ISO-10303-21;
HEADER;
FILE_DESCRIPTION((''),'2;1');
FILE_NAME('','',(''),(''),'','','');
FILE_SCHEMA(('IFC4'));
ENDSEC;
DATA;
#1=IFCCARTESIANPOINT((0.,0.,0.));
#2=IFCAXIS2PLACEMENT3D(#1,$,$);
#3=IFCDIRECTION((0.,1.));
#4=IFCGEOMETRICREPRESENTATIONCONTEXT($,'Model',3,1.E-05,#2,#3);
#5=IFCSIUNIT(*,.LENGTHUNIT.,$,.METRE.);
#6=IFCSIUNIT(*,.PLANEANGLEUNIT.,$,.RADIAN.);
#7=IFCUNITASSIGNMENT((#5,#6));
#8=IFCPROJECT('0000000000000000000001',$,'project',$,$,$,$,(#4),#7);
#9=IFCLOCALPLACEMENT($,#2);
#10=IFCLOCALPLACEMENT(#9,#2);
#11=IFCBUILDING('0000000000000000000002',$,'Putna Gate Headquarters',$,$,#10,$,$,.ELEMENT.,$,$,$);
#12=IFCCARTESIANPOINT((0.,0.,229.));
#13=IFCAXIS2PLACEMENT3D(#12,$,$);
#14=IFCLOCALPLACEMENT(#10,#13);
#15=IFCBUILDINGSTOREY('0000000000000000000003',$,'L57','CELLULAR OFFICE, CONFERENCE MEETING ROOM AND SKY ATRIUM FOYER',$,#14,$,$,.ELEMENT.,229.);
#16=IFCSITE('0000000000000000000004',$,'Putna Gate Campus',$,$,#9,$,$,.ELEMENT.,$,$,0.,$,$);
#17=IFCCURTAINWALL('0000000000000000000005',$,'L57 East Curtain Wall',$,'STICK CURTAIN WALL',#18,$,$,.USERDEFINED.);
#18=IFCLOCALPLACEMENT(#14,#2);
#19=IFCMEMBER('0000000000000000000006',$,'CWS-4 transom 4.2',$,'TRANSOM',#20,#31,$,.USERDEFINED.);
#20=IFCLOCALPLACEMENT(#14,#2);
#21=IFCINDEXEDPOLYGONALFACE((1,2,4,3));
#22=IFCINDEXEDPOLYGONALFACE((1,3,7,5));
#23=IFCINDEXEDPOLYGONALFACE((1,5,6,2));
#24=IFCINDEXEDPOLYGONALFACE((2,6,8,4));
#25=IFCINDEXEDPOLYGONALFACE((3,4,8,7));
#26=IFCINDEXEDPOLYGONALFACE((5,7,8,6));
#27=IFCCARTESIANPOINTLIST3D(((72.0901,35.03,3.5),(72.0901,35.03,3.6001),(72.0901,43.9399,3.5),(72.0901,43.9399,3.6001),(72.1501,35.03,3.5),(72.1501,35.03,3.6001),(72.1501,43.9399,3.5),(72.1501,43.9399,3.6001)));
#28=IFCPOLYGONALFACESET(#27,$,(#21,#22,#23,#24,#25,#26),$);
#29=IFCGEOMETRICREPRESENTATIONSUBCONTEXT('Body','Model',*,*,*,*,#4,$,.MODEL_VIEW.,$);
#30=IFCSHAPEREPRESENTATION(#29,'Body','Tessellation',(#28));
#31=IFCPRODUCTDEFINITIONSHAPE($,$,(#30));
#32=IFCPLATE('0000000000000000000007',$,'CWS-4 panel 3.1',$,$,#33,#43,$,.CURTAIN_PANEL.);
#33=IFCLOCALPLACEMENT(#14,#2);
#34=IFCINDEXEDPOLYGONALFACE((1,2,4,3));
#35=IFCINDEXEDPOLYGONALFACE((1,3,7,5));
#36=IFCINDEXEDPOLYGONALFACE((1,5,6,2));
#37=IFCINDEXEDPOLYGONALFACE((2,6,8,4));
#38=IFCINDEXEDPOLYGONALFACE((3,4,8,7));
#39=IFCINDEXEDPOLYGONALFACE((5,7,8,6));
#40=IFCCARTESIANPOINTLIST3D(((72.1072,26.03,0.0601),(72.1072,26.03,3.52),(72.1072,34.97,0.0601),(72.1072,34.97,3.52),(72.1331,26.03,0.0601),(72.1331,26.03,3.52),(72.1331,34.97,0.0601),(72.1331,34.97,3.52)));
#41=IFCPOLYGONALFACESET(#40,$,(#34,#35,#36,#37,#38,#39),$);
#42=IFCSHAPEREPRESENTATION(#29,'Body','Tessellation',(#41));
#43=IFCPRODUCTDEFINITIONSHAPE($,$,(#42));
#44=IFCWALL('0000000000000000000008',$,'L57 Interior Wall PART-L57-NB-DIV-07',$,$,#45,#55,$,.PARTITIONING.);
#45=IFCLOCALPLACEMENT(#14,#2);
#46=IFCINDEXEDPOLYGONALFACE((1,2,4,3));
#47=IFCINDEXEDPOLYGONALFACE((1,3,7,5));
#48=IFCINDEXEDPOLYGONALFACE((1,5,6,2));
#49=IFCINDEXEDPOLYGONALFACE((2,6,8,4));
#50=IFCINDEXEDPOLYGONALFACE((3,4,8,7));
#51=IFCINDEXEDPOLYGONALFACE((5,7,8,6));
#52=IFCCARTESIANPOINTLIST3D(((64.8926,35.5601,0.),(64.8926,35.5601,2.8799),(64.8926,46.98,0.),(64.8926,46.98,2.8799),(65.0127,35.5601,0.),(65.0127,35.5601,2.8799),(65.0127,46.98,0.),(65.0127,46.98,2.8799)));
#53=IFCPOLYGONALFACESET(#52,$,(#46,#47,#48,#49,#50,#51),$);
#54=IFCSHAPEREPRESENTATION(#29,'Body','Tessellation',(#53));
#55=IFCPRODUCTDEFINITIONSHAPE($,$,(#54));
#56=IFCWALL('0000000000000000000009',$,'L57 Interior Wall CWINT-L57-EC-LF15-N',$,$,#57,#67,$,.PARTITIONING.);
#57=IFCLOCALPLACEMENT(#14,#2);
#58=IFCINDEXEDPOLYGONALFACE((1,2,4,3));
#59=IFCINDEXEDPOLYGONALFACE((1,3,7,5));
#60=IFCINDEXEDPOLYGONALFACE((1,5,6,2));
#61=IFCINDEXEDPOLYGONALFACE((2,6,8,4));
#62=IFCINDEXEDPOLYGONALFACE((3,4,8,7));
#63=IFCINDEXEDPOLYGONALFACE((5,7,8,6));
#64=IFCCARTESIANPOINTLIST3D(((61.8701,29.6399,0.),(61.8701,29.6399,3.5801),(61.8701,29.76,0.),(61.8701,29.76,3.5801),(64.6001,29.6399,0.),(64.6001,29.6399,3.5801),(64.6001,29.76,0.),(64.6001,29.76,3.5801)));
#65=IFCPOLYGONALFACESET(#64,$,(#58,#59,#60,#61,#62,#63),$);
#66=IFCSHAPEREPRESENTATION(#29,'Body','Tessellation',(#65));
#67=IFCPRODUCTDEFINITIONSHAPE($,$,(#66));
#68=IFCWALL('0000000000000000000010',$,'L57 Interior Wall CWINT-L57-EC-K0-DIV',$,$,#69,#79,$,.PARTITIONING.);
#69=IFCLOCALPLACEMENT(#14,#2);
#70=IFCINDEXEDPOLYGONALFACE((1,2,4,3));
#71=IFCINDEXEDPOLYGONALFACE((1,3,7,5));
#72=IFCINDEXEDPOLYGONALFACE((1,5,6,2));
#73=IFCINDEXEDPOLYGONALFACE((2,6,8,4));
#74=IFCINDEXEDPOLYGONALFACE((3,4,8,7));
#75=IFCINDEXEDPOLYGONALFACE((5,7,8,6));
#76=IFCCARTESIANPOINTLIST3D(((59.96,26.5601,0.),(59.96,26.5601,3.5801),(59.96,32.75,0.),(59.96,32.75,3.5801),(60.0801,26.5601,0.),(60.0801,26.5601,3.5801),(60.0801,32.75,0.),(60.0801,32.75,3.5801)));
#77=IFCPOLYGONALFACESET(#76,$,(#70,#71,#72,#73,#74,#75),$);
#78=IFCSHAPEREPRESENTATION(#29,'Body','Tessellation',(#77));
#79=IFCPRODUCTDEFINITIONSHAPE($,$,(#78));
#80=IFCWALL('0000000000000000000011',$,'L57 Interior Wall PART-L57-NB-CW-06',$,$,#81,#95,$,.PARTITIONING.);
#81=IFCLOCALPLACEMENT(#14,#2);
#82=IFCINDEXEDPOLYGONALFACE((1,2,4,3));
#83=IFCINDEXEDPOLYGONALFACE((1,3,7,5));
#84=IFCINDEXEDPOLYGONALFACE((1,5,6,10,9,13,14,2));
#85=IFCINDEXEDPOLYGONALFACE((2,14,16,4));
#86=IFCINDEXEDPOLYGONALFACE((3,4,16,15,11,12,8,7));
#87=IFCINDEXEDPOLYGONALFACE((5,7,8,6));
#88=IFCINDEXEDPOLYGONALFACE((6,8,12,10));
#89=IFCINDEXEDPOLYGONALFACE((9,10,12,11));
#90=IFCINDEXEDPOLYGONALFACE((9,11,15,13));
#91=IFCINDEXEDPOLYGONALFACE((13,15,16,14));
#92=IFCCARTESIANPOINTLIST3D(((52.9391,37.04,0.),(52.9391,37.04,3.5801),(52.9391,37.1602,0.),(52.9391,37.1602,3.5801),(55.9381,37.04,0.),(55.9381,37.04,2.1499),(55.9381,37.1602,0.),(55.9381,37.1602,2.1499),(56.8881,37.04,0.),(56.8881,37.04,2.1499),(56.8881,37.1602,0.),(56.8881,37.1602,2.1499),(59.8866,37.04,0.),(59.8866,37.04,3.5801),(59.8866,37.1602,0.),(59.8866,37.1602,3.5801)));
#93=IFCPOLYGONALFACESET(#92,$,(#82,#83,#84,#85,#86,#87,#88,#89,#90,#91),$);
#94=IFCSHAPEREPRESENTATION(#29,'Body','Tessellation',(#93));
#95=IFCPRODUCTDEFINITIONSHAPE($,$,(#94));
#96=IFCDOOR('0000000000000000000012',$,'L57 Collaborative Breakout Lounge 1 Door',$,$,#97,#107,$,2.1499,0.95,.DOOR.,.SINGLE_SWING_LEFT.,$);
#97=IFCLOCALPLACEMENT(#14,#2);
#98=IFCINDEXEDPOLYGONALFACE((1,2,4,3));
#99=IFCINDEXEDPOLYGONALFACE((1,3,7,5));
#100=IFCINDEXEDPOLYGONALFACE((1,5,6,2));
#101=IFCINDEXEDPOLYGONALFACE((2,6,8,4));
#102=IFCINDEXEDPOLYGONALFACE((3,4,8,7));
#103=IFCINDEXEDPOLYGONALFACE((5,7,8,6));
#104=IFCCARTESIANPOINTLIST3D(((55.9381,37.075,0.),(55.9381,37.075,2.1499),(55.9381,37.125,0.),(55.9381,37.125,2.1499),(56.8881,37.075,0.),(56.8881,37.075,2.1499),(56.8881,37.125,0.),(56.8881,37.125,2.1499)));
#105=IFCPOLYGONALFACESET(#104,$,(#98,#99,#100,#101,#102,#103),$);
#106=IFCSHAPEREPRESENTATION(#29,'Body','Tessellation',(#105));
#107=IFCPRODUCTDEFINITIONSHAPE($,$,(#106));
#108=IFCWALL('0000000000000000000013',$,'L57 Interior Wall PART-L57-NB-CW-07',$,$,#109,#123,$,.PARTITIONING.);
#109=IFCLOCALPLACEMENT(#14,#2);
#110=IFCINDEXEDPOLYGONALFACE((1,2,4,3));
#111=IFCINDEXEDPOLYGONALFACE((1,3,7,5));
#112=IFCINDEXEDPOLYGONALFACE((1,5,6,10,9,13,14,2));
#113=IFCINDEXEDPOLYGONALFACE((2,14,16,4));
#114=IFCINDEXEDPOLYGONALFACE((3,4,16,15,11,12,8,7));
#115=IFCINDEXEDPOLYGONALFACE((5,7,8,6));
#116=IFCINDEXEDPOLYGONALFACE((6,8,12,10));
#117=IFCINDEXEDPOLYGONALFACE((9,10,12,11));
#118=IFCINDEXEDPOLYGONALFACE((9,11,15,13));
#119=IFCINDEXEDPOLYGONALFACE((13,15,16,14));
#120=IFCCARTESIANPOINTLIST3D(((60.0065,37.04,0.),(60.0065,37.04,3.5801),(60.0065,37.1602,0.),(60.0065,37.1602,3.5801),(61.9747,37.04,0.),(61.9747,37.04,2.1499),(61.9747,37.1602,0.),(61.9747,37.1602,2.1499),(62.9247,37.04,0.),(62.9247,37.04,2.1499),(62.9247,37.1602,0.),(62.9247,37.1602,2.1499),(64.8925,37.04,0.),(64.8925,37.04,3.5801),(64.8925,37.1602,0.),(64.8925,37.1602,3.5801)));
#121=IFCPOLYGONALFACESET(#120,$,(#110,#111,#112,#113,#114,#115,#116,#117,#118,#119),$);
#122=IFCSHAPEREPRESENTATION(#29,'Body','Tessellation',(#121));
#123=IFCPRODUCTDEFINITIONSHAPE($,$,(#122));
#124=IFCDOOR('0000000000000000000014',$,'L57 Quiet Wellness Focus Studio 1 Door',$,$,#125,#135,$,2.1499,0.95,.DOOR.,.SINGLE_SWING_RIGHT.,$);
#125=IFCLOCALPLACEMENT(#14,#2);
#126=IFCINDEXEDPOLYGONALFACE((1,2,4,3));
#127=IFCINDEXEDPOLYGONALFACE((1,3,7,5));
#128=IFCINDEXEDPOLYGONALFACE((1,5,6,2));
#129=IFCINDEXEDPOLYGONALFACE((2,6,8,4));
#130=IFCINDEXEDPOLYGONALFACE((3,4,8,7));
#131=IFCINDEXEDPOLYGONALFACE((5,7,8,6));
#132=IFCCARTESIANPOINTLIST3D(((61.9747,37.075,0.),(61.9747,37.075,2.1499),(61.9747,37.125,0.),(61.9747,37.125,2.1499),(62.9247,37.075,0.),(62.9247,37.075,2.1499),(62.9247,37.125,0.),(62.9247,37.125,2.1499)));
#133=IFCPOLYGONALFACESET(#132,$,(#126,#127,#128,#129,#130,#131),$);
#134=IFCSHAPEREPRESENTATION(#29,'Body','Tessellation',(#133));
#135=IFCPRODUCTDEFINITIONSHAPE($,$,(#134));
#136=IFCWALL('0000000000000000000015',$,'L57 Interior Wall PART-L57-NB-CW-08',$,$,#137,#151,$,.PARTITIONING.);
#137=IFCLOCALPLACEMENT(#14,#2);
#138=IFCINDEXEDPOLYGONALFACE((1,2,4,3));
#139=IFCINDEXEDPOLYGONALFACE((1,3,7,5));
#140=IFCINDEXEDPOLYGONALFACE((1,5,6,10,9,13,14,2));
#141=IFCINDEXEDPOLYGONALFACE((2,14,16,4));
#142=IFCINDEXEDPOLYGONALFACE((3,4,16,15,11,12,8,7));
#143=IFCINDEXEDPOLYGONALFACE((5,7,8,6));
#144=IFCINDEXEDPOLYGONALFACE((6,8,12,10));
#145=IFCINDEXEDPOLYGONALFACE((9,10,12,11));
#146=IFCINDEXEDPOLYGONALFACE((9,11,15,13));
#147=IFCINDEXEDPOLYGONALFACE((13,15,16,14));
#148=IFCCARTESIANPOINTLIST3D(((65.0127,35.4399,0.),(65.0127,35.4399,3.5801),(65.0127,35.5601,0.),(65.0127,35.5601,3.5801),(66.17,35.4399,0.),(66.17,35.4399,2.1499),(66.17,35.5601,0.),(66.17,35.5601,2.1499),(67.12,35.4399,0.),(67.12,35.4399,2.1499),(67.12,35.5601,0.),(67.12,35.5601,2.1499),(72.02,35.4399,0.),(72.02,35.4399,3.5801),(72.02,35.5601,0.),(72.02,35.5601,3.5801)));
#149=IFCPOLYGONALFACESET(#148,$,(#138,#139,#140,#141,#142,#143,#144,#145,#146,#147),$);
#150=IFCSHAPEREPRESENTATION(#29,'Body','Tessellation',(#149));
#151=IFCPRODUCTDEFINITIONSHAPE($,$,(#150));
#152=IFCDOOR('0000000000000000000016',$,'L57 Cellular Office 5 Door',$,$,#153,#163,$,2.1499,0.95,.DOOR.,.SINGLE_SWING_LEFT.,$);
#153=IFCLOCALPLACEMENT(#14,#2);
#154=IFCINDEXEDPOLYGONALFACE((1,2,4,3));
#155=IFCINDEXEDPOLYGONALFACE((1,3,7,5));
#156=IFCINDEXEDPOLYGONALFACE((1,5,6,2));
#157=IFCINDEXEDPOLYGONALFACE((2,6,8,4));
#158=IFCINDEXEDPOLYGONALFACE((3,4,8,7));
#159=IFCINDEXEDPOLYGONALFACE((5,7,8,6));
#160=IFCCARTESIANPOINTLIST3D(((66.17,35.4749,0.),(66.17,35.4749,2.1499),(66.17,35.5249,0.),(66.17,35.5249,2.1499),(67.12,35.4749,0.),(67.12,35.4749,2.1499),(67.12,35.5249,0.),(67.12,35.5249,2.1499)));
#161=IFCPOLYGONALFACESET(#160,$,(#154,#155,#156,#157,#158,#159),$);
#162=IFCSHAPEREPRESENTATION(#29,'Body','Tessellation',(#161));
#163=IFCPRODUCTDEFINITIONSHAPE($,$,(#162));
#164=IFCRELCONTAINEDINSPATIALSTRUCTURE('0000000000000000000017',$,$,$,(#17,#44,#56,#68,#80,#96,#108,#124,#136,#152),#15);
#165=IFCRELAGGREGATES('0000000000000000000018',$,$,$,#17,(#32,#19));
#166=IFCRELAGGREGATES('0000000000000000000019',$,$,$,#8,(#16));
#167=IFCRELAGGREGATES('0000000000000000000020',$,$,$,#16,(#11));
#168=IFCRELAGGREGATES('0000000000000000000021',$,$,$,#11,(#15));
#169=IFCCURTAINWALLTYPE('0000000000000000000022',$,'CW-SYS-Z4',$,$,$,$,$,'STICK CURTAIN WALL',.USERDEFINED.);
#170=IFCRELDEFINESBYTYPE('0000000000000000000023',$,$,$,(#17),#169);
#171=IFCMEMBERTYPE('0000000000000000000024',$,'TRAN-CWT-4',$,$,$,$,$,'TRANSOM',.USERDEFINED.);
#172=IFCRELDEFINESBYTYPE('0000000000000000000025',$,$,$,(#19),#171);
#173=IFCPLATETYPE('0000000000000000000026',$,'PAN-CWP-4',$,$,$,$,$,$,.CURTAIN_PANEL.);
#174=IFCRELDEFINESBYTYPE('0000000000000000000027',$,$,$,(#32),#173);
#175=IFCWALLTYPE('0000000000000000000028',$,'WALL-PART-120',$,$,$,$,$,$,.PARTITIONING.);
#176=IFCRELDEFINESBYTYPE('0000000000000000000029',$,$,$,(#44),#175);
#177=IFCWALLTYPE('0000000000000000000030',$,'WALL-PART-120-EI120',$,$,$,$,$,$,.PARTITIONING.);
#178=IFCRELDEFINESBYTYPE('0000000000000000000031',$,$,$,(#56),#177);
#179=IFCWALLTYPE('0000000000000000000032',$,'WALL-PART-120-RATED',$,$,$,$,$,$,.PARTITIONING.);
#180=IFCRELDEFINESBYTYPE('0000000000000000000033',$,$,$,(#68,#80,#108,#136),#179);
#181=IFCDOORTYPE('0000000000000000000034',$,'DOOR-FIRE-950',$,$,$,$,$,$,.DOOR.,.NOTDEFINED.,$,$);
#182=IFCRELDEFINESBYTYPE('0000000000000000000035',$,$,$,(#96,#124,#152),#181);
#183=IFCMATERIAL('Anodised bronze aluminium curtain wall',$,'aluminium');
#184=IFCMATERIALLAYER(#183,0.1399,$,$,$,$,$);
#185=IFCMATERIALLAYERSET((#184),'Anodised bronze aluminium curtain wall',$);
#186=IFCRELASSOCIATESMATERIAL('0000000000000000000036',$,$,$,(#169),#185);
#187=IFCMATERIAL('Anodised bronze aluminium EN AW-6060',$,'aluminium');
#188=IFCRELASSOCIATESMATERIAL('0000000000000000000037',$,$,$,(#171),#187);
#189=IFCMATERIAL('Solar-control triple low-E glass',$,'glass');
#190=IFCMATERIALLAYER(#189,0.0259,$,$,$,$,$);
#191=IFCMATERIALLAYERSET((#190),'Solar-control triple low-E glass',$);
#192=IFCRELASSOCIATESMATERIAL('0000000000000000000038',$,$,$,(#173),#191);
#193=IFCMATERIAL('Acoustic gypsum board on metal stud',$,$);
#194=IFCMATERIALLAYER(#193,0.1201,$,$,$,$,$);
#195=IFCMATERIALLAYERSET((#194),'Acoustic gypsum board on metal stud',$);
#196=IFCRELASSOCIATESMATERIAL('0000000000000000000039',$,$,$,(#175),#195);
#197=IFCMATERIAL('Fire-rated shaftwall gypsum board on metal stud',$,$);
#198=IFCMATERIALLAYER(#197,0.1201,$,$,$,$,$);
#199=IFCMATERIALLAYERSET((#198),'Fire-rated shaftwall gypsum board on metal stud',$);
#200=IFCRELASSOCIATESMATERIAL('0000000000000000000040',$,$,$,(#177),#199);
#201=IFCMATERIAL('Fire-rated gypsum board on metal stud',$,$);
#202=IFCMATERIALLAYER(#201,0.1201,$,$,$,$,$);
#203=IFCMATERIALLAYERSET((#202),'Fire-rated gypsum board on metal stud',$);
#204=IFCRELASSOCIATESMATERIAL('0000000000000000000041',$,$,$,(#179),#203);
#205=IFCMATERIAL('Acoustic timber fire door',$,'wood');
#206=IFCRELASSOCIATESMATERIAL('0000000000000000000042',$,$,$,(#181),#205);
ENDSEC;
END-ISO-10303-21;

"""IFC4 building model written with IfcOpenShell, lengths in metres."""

from ifc_helpers import new_model, si_unit, direction, frame, frame_2d, origin, origin_2d, place, context, subcontext, project, spatial, rectangle, extrude, material, layer, layer_set, material_profile, profile_set, type_object, element, fill, aggregate, save


model = new_model("IFC4")

# Units and contexts
model_context = context("Model", 3, precision=1e-05, world=origin(), true_north=direction((0.0, 1.0)))
body_context = subcontext(model_context, "Body", "Model", "MODEL_VIEW")
ifc_project = project(units=[si_unit("LENGTHUNIT", "METRE"), si_unit("PLANEANGLEUNIT", "RADIAN")], contexts=[model_context])

# Site, building, storey
site_placement = place(None, origin())
site = spatial("IfcSite", under=ifc_project, at=site_placement, Name="Putna Gate Campus", CompositionType="ELEMENT", RefElevation=0.0)
building_placement = place(site_placement, origin())
building = spatial("IfcBuilding", under=site, at=building_placement, Name="Putna Gate Headquarters", CompositionType="ELEMENT")
storey_placement = place(building_placement, frame((0.0, 0.0, 229.0)))
storey = spatial("IfcBuildingStorey", under=building, at=storey_placement, Name="L57", Description="CELLULAR OFFICE, CONFERENCE MEETING ROOM AND SKY ATRIUM FOYER", CompositionType="ELEMENT", Elevation=229.0)

# Curtain wall, member, plate
ifc_material_1 = material(Name="Anodised bronze aluminium curtain wall", Category="aluminium")
ifc_layer_1 = layer(ifc_material_1, 0.1399)
ifc_layer_set_1 = layer_set([ifc_layer_1], Name="Anodised bronze aluminium curtain wall")
curtain_wall_type = type_object("IfcCurtainWallType", Name="CW-SYS-Z4", ElementType="STICK CURTAIN WALL", PredefinedType="USERDEFINED", material=ifc_layer_set_1)
curtain_wall_placement = place(storey_placement, origin())
curtain_wall = element("IfcCurtainWall", 1, at=curtain_wall_placement, inside=storey, type_object=curtain_wall_type, Name="L57 East Curtain Wall", ObjectType="STICK CURTAIN WALL", PredefinedType="USERDEFINED")
ifc_material_2 = material(Name="Anodised bronze aluminium EN AW-6060", Category="aluminium")
ifc_material_profile_1 = material_profile(ifc_material_2, rectangle(XDim=0.0601, YDim=0.1001, at=origin_2d()), Name="Anodised bronze aluminium EN AW-6060")
ifc_profile_set_1 = profile_set([ifc_material_profile_1], Name="Anodised bronze aluminium EN AW-6060")
member_type_1 = type_object("IfcMemberType", Name="TRAN-CWT-4", ElementType="TRANSOM", PredefinedType="USERDEFINED", material=ifc_profile_set_1)
member_1_placement = place(storey_placement, frame((72.1201, 35.03, 3.55), z_axis=(0.0, 1.0, 0.0), x_axis=(-1.0, 0.0, 0.0)))
member_1 = element("IfcMember", 2, at=member_1_placement, type_object=member_type_1, Name="CWS-4 transom 4.2", ObjectType="TRANSOM", PredefinedType="USERDEFINED", context=body_context, shape_type="SweptSolid", body=[
    extrude(rectangle(XDim=0.0601, YDim=0.1001, at=origin_2d()), origin(), (0.0, 0.0, 1.0), 8.9099),
])
ifc_material_3 = material(Name="Solar-control triple low-E glass", Category="glass")
ifc_layer_2 = layer(ifc_material_3, 0.0259)
ifc_layer_set_2 = layer_set([ifc_layer_2], Name="Solar-control triple low-E glass")
plate_type = type_object("IfcPlateType", Name="PAN-CWP-4", PredefinedType="CURTAIN_PANEL", material=ifc_layer_set_2)
plate_placement = place(storey_placement, frame((72.1201, 30.5, 0.0601), z_axis=(0.0, 0.0, 1.0), x_axis=(0.0, 1.0, 0.0)))
plate = element("IfcPlate", 3, at=plate_placement, type_object=plate_type, Name="CWS-4 panel 3.1", PredefinedType="CURTAIN_PANEL", context=body_context, shape_type="SweptSolid", body=[
    extrude(rectangle(XDim=8.9399, YDim=0.0259, at=origin_2d()), origin(), (0.0, 0.0, 1.0), 3.46),
])
aggregate(curtain_wall, [plate, member_1])

# Walls
ifc_material_4 = material(Name="Acoustic gypsum board on metal stud")
ifc_layer_3 = layer(ifc_material_4, 0.1201)
ifc_layer_set_3 = layer_set([ifc_layer_3], Name="Acoustic gypsum board on metal stud")
wall_type_1 = type_object("IfcWallType", Name="WALL-PART-120", PredefinedType="PARTITIONING", material=ifc_layer_set_3)
wall_1_placement = place(storey_placement, frame((64.9526, 35.5601, 0.0), z_axis=(0.0, 0.0, 1.0), x_axis=(0.0, 1.0, 0.0)))
element("IfcWall", 4, at=wall_1_placement, inside=storey, type_object=wall_type_1, Name="L57 Interior Wall PART-L57-NB-DIV-07", PredefinedType="PARTITIONING", context=body_context, shape_type="SweptSolid", body=[
    extrude(rectangle(XDim=11.4199, YDim=0.1201, at=frame_2d((5.71, 0.0))), origin(), (0.0, 0.0, 1.0), 2.8799),
])
ifc_material_5 = material(Name="Fire-rated shaftwall gypsum board on metal stud")
ifc_layer_4 = layer(ifc_material_5, 0.1201)
ifc_layer_set_4 = layer_set([ifc_layer_4], Name="Fire-rated shaftwall gypsum board on metal stud")
wall_type_2 = type_object("IfcWallType", Name="WALL-PART-120-EI120", PredefinedType="PARTITIONING", material=ifc_layer_set_4)
wall_2_placement = place(storey_placement, frame((61.8701, 29.7, 0.0), z_axis=(0.0, 0.0, 1.0), x_axis=(1.0, 0.0, 0.0)))
element("IfcWall", 5, at=wall_2_placement, inside=storey, type_object=wall_type_2, Name="L57 Interior Wall CWINT-L57-EC-LF15-N", PredefinedType="PARTITIONING", context=body_context, shape_type="SweptSolid", body=[
    extrude(rectangle(XDim=2.73, YDim=0.1201, at=frame_2d((1.365, 0.0))), origin(), (0.0, 0.0, 1.0), 3.5801),
])
ifc_material_6 = material(Name="Fire-rated gypsum board on metal stud")
ifc_layer_5 = layer(ifc_material_6, 0.1201)
ifc_layer_set_5 = layer_set([ifc_layer_5], Name="Fire-rated gypsum board on metal stud")
wall_type_3 = type_object("IfcWallType", Name="WALL-PART-120-RATED", PredefinedType="PARTITIONING", material=ifc_layer_set_5)
wall_3_placement = place(storey_placement, frame((60.02, 26.5601, 0.0), z_axis=(0.0, 0.0, 1.0), x_axis=(0.0, 1.0, 0.0)))
element("IfcWall", 6, at=wall_3_placement, inside=storey, type_object=wall_type_3, Name="L57 Interior Wall CWINT-L57-EC-K0-DIV", PredefinedType="PARTITIONING", context=body_context, shape_type="SweptSolid", body=[
    extrude(rectangle(XDim=6.1899, YDim=0.1201, at=frame_2d((3.095, 0.0))), origin(), (0.0, 0.0, 1.0), 3.5801),
])

# Walls, openings, doors
wall_4_placement = place(storey_placement, frame((52.9392, 37.1001, 0.0), z_axis=(0.0, 0.0, 1.0), x_axis=(1.0, 0.0, 0.0)))
wall_4 = element("IfcWall", 7, at=wall_4_placement, inside=storey, type_object=wall_type_3, Name="L57 Interior Wall PART-L57-NB-CW-06", PredefinedType="PARTITIONING", context=body_context, shape_type="SweptSolid", body=[
    extrude(rectangle(XDim=6.9475, YDim=0.1201, at=frame_2d((3.4736, 0.0))), origin(), (0.0, 0.0, 1.0), 3.5801),
])
opening_1_placement = place(wall_4_placement, frame((2.9988, 0.0, 0.0)))
opening_1 = element("IfcOpeningElement", 8, at=opening_1_placement, cuts=wall_4, PredefinedType="OPENING", context=body_context, shape_type="SweptSolid", body=[
    extrude(rectangle(XDim=0.95, YDim=2.1499, at=frame_2d((0.4751, 1.075))), frame((0.0, 0.0701, 0.0), z_axis=(0.0, -1.0, 0.0), x_axis=(1.0, 0.0, 0.0)), (0.0, 0.0, 1.0), 0.1401),
])
ifc_material_7 = material(Name="Acoustic timber fire door", Category="wood")
door_type_1 = type_object("IfcDoorType", Name="DOOR-FIRE-950", OperationType="NOTDEFINED", PredefinedType="DOOR", material=ifc_material_7)
door_1_placement = place(opening_1_placement, origin())
door_1 = element("IfcDoor", 9, at=door_1_placement, inside=storey, type_object=door_type_1, Name="L57 Collaborative Breakout Lounge 1 Door", OperationType="SINGLE_SWING_LEFT", OverallHeight=2.1499, OverallWidth=0.95, PredefinedType="DOOR", context=body_context, shape_type="SweptSolid", body=[
    extrude(rectangle(XDim=0.95, YDim=2.1499, at=frame_2d((0.4751, 1.075))), frame((0.0, 0.0249, 0.0), z_axis=(0.0, -1.0, 0.0), x_axis=(1.0, 0.0, 0.0)), (0.0, 0.0, 1.0), 0.05),
])
fill(opening_1, door_1)
wall_5_placement = place(storey_placement, frame((60.0066, 37.1001, 0.0), z_axis=(0.0, 0.0, 1.0), x_axis=(1.0, 0.0, 0.0)))
wall_5 = element("IfcWall", 10, at=wall_5_placement, inside=storey, type_object=wall_type_3, Name="L57 Interior Wall PART-L57-NB-CW-07", PredefinedType="PARTITIONING", context=body_context, shape_type="SweptSolid", body=[
    extrude(rectangle(XDim=4.886, YDim=0.1201, at=frame_2d((2.4429, 0.0))), origin(), (0.0, 0.0, 1.0), 3.5801),
])
opening_2_placement = place(wall_5_placement, frame((1.968, 0.0, 0.0)))
opening_2 = element("IfcOpeningElement", 11, at=opening_2_placement, cuts=wall_5, PredefinedType="OPENING", context=body_context, shape_type="SweptSolid", body=[
    extrude(rectangle(XDim=0.95, YDim=2.1499, at=frame_2d((0.4751, 1.075))), frame((0.0, 0.0701, 0.0), z_axis=(0.0, -1.0, 0.0), x_axis=(1.0, 0.0, 0.0)), (0.0, 0.0, 1.0), 0.1401),
])
door_2_placement = place(opening_2_placement, origin())
door_2 = element("IfcDoor", 12, at=door_2_placement, inside=storey, type_object=door_type_1, Name="L57 Quiet Wellness Focus Studio 1 Door", OperationType="SINGLE_SWING_RIGHT", OverallHeight=2.1499, OverallWidth=0.95, PredefinedType="DOOR", context=body_context, shape_type="SweptSolid", body=[
    extrude(rectangle(XDim=0.95, YDim=2.1499, at=frame_2d((0.4751, 1.075))), frame((0.0, 0.0249, 0.0), z_axis=(0.0, -1.0, 0.0), x_axis=(1.0, 0.0, 0.0)), (0.0, 0.0, 1.0), 0.05),
])
fill(opening_2, door_2)
wall_6_placement = place(storey_placement, frame((65.0127, 35.5, 0.0), z_axis=(0.0, 0.0, 1.0), x_axis=(1.0, 0.0, 0.0)))
wall_6 = element("IfcWall", 13, at=wall_6_placement, inside=storey, type_object=wall_type_3, Name="L57 Interior Wall PART-L57-NB-CW-08", PredefinedType="PARTITIONING", context=body_context, shape_type="SweptSolid", body=[
    extrude(rectangle(XDim=7.0073, YDim=0.1201, at=frame_2d((3.5037, 0.0))), origin(), (0.0, 0.0, 1.0), 3.5801),
])
opening_3_placement = place(wall_6_placement, frame((1.1572, 0.0, 0.0)))
opening_3 = element("IfcOpeningElement", 14, at=opening_3_placement, cuts=wall_6, PredefinedType="OPENING", context=body_context, shape_type="SweptSolid", body=[
    extrude(rectangle(XDim=0.95, YDim=2.1499, at=frame_2d((0.4751, 1.075))), frame((0.0, 0.0701, 0.0), z_axis=(0.0, -1.0, 0.0), x_axis=(1.0, 0.0, 0.0)), (0.0, 0.0, 1.0), 0.1401),
])
door_3_placement = place(opening_3_placement, origin())
door_3 = element("IfcDoor", 15, at=door_3_placement, inside=storey, type_object=door_type_1, Name="L57 Cellular Office 5 Door", OperationType="SINGLE_SWING_LEFT", OverallHeight=2.1499, OverallWidth=0.95, PredefinedType="DOOR", context=body_context, shape_type="SweptSolid", body=[
    extrude(rectangle(XDim=0.95, YDim=2.1499, at=frame_2d((0.4751, 1.075))), frame((0.0, 0.0249, 0.0), z_axis=(0.0, -1.0, 0.0), x_axis=(1.0, 0.0, 0.0)), (0.0, 0.0, 1.0), 0.05),
])
fill(opening_3, door_3)

save(model, "model.ifc")
